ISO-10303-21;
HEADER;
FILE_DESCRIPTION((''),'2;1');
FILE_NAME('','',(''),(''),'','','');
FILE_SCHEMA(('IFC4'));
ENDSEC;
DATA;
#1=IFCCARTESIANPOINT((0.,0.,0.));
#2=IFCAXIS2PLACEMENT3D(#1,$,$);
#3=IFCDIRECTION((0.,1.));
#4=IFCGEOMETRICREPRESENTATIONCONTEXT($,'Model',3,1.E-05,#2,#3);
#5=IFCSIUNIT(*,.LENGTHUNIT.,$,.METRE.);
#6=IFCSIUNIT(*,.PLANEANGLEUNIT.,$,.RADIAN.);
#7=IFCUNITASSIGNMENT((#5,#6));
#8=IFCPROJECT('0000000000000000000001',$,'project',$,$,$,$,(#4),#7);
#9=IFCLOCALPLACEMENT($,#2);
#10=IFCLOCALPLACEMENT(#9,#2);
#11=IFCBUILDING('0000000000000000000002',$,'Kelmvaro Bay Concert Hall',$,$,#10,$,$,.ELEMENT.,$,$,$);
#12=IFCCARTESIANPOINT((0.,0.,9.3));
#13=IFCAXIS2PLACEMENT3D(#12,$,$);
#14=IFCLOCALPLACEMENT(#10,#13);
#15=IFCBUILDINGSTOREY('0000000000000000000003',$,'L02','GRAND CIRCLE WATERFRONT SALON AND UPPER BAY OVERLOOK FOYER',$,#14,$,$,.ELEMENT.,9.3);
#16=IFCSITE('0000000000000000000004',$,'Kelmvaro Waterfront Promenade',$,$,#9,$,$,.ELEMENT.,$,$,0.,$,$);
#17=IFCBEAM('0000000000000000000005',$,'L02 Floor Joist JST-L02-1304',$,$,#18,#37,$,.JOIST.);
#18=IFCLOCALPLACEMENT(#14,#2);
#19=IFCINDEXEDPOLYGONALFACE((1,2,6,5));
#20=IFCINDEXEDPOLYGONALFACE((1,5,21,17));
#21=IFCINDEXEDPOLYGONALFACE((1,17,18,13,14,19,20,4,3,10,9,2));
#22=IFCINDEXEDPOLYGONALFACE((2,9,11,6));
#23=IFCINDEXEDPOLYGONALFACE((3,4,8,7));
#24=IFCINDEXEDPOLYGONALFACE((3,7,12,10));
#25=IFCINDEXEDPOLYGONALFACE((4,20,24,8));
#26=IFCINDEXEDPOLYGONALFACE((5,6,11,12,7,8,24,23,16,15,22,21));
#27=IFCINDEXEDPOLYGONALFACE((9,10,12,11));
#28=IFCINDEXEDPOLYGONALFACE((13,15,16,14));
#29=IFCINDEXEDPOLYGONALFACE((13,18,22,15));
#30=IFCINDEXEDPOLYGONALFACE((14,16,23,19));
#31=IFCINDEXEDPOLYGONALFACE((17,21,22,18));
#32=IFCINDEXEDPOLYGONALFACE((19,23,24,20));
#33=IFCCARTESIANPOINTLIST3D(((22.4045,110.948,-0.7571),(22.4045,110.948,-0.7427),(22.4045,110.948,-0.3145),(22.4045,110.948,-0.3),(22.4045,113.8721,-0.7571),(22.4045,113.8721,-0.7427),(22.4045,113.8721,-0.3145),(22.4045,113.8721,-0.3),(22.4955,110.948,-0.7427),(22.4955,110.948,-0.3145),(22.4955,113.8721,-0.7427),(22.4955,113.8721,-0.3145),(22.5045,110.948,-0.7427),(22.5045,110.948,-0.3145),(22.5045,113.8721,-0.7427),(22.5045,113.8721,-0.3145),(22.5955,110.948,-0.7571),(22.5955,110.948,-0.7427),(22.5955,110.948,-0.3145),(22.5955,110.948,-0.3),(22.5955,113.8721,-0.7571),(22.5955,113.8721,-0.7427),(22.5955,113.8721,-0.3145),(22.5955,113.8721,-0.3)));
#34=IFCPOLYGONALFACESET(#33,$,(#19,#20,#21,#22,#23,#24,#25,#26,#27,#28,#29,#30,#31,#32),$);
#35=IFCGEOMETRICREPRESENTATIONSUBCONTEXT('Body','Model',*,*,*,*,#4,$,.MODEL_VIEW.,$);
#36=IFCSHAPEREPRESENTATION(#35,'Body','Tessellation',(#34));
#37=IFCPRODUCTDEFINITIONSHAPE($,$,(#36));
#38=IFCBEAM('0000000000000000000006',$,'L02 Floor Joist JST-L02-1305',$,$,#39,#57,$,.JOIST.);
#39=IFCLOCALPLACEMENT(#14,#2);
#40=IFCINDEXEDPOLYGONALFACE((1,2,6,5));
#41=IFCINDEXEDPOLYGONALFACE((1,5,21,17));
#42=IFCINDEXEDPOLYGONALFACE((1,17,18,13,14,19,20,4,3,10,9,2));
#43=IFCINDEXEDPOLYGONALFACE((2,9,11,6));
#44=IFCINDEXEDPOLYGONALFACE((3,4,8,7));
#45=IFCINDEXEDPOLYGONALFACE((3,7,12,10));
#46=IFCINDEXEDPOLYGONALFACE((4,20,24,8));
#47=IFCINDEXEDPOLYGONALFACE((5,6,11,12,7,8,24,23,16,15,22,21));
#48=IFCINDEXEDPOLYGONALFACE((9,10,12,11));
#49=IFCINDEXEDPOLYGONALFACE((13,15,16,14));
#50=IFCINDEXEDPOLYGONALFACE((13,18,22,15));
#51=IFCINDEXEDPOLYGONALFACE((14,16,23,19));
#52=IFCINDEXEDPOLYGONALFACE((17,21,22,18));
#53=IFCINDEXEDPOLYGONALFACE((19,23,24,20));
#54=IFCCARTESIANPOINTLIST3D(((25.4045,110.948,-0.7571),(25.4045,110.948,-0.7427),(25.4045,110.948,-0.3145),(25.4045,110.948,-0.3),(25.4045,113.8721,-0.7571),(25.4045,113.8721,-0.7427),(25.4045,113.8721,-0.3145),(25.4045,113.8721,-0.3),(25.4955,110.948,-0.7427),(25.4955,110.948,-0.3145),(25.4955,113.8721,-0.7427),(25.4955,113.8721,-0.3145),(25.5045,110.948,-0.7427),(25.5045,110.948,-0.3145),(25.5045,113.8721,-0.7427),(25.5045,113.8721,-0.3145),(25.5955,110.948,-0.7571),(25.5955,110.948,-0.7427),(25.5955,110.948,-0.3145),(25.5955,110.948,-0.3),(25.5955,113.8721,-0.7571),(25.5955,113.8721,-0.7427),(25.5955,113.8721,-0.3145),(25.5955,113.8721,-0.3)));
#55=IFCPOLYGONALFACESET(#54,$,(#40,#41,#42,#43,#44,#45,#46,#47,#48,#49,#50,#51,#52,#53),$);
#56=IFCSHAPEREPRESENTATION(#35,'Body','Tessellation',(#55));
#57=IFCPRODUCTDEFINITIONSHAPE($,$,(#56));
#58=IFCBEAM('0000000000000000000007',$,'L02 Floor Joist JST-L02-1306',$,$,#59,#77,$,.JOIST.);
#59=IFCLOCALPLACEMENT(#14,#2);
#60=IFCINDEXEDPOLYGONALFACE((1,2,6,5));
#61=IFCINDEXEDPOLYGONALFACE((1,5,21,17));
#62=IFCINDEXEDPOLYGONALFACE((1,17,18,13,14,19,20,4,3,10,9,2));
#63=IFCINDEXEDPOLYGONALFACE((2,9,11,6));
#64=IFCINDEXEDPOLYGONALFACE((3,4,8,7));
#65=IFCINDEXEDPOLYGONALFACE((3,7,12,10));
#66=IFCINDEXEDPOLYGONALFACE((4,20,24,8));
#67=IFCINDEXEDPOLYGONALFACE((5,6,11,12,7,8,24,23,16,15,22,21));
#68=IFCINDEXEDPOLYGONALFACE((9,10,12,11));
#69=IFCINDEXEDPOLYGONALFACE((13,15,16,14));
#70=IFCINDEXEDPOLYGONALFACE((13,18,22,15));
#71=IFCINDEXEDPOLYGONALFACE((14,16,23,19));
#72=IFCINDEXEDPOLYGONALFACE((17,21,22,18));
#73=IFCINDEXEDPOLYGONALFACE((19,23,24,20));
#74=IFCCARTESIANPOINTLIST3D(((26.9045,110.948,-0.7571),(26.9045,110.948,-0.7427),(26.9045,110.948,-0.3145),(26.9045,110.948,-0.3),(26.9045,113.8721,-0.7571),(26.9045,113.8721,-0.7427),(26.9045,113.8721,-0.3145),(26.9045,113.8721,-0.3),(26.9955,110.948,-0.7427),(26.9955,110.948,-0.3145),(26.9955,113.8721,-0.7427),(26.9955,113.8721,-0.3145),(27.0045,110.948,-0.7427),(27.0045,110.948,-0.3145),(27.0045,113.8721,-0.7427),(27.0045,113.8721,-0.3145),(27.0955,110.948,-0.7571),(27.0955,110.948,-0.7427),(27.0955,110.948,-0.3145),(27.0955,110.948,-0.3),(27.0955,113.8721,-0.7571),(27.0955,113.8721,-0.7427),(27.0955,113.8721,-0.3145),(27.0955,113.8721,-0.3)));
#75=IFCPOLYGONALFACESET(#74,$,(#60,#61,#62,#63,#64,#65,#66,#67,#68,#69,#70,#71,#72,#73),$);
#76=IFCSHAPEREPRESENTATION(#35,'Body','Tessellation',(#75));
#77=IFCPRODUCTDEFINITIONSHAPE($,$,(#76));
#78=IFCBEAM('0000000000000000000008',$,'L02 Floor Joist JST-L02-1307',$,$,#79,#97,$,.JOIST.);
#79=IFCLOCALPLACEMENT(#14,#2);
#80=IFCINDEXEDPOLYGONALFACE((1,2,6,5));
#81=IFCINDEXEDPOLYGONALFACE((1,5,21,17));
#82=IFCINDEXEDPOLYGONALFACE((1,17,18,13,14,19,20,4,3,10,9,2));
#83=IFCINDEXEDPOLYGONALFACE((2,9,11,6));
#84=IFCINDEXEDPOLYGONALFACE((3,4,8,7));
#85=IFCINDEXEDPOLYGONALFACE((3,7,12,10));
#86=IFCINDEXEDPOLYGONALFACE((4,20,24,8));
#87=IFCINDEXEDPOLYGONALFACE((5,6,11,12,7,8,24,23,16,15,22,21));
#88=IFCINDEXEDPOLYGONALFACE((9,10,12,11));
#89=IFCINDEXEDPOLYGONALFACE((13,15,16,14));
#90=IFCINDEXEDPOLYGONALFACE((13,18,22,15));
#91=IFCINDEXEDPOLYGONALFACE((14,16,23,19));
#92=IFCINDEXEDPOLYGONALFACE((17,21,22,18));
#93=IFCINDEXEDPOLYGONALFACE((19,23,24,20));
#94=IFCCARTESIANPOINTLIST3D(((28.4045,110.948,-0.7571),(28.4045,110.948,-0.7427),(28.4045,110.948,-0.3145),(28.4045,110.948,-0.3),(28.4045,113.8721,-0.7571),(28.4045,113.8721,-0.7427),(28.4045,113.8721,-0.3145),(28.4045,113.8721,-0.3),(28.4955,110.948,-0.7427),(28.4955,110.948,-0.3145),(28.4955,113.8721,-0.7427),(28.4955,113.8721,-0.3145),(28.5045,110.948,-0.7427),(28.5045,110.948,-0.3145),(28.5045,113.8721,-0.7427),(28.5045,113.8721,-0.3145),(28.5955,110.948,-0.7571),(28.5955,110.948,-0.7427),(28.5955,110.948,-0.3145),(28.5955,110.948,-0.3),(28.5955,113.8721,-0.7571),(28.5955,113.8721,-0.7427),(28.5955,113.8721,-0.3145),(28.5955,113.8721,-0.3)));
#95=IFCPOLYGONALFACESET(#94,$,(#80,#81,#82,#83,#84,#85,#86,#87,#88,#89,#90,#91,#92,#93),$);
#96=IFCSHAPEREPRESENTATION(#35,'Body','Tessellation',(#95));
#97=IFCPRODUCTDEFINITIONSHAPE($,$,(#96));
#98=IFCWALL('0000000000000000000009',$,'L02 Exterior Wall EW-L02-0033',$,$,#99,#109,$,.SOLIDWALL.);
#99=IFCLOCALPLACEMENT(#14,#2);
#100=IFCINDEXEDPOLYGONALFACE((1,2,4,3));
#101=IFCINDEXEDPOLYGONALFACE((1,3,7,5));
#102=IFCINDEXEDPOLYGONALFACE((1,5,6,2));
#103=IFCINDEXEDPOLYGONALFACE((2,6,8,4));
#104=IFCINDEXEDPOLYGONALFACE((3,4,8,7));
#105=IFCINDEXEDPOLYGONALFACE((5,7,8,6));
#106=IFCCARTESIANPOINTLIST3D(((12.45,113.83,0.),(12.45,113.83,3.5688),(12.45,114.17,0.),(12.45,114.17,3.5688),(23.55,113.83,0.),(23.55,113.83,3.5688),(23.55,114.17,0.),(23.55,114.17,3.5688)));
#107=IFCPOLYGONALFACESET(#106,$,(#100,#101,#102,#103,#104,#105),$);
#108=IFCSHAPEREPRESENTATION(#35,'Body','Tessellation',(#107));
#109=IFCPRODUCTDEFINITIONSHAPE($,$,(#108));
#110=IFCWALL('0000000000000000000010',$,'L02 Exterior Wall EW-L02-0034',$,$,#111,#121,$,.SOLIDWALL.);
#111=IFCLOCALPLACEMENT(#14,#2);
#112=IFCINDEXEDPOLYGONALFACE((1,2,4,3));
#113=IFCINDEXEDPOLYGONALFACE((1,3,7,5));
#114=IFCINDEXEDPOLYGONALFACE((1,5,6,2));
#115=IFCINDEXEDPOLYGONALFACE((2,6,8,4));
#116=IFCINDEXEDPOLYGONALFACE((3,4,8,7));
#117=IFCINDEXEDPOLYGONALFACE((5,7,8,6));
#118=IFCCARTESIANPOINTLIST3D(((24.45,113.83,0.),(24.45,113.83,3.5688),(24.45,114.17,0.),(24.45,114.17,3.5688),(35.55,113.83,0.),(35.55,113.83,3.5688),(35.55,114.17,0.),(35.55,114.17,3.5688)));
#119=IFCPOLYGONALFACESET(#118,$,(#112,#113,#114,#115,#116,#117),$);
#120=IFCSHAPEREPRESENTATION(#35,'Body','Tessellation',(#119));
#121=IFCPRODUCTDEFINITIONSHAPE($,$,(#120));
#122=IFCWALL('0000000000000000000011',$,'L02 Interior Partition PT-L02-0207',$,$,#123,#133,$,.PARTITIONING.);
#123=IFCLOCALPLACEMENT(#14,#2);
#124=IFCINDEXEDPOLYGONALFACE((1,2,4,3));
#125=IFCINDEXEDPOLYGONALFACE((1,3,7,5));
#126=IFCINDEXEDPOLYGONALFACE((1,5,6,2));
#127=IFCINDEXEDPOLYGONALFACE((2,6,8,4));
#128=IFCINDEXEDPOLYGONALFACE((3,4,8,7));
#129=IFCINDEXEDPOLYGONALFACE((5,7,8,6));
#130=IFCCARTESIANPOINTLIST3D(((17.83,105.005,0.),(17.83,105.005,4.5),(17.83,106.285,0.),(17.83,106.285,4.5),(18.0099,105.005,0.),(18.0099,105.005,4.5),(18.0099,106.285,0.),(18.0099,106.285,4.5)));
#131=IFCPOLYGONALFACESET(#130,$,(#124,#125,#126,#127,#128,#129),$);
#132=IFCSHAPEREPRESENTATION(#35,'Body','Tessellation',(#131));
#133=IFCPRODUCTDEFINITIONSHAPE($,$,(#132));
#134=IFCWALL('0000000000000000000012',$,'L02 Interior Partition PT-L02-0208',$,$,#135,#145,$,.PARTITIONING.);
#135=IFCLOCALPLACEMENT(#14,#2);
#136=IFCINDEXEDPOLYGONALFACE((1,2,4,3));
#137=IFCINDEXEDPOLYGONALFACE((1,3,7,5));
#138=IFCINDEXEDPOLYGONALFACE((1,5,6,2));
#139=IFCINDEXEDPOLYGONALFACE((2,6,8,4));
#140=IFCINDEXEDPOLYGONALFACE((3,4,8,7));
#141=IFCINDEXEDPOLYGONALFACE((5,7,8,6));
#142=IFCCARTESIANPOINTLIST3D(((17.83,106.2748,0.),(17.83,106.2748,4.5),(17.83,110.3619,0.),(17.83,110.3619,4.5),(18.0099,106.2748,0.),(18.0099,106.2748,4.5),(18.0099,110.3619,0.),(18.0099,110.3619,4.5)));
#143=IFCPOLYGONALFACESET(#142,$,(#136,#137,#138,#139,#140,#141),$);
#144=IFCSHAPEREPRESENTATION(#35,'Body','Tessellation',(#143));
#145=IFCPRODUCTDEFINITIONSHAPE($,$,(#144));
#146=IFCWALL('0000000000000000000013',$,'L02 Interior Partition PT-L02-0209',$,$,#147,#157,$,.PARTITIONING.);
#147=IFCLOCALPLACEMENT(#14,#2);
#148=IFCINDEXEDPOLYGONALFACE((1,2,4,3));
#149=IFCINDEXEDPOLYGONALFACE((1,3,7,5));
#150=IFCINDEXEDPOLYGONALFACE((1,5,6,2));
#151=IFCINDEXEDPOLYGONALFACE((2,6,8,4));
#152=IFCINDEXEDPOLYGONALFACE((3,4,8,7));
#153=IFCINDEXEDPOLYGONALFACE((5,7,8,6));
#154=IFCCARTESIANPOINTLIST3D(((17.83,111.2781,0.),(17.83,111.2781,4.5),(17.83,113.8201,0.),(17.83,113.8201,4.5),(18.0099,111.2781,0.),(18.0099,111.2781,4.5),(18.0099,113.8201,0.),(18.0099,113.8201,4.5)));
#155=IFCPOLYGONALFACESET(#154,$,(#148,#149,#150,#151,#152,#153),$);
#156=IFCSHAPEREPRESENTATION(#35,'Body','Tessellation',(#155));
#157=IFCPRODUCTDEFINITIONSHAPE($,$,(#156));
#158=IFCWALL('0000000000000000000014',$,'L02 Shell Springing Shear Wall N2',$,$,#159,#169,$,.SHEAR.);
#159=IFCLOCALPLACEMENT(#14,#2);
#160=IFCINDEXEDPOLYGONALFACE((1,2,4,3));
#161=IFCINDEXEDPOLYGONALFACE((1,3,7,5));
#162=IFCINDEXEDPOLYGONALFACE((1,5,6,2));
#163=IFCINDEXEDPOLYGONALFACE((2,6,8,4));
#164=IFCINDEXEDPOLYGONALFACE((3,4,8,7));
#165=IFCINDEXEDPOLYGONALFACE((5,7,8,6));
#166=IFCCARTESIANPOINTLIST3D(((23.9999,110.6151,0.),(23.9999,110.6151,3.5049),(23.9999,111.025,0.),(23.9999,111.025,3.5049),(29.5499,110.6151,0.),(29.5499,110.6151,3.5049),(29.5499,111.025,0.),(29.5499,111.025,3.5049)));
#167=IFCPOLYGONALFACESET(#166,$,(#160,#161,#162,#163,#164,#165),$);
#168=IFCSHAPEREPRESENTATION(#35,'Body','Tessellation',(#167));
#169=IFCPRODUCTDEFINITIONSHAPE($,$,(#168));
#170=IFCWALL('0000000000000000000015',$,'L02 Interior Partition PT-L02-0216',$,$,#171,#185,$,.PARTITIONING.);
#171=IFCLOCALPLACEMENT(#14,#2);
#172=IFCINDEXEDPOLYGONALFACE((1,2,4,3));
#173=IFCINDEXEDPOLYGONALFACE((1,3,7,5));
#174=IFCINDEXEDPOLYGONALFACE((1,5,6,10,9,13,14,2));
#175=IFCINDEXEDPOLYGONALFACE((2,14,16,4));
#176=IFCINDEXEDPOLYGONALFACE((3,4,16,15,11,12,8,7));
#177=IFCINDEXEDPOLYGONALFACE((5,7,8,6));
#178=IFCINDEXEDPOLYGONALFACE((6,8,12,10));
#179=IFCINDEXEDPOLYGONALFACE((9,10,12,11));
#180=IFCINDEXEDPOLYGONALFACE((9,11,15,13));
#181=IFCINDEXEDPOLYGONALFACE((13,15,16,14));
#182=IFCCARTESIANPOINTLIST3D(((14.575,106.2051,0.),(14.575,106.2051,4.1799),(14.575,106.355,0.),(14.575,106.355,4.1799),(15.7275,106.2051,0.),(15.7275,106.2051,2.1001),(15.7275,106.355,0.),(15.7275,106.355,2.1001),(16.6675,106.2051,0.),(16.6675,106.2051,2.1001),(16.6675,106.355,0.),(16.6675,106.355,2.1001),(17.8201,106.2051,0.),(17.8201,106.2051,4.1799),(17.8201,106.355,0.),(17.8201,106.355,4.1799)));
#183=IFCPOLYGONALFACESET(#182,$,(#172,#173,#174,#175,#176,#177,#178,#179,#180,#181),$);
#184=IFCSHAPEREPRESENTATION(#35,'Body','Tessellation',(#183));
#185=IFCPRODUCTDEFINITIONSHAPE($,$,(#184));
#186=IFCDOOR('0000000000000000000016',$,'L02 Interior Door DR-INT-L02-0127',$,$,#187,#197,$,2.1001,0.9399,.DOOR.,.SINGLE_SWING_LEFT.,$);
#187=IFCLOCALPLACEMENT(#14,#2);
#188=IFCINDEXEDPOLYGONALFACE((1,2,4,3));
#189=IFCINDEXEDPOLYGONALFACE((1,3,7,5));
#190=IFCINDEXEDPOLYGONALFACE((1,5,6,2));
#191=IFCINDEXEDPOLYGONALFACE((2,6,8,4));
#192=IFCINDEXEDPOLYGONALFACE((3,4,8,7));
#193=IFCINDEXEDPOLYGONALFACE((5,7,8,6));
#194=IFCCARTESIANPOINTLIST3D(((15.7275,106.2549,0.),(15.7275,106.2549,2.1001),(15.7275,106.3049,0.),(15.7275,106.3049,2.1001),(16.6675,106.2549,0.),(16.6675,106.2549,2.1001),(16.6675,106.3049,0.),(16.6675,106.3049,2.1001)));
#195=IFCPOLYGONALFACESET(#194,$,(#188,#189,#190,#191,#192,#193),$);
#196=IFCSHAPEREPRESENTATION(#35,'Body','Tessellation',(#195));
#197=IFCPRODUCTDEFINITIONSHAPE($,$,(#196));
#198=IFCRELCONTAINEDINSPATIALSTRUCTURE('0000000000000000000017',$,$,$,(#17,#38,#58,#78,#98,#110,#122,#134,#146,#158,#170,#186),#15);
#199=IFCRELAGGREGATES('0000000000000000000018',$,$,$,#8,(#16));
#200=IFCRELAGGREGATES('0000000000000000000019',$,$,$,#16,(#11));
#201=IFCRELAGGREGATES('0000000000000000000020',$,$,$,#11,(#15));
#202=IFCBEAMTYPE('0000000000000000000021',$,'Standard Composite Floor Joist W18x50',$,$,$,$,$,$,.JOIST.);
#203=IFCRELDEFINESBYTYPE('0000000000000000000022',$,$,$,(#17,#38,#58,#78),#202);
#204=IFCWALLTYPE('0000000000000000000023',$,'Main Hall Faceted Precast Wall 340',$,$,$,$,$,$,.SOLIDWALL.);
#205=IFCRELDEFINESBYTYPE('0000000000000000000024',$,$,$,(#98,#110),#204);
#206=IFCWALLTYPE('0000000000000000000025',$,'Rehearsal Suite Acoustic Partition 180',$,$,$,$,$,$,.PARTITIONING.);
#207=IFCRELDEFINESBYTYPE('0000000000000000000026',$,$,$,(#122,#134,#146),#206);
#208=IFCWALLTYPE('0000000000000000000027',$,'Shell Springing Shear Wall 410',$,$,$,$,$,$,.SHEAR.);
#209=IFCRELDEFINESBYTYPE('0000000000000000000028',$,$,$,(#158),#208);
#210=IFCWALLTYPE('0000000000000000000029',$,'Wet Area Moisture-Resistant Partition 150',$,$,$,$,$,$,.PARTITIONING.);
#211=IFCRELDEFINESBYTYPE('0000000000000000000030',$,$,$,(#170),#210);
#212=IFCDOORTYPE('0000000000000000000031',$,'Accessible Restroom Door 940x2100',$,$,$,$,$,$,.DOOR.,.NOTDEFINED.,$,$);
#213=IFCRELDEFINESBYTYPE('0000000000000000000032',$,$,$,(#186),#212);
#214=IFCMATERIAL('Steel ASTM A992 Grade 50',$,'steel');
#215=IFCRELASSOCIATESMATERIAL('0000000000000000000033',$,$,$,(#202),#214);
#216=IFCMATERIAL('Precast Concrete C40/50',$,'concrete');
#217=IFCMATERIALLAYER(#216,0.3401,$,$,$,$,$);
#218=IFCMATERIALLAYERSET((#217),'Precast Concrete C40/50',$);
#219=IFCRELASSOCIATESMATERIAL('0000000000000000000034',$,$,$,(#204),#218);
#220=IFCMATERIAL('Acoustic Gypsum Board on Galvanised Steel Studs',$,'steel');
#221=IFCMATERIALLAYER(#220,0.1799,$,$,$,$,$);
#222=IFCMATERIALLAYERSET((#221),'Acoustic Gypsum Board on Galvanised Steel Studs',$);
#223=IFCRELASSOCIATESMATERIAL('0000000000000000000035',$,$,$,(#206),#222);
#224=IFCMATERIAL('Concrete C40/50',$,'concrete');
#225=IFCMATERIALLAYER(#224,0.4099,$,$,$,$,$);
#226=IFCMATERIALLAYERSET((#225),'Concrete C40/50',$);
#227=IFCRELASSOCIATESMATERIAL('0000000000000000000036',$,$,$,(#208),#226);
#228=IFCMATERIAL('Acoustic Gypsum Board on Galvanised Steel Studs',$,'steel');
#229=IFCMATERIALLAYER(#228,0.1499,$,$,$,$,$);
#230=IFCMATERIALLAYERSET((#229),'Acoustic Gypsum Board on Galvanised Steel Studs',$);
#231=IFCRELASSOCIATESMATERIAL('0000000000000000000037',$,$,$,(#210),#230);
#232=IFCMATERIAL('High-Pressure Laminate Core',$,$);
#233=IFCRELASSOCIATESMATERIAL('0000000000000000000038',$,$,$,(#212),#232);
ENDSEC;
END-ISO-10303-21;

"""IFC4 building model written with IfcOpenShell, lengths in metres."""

from ifc_helpers import new_model, si_unit, direction, frame, frame_2d, origin, origin_2d, place, context, subcontext, project, spatial, rectangle, i_section, extrude, material, layer, layer_set, material_profile, profile_set, type_object, element, fill, save


model = new_model("IFC4")

# Units and contexts
model_context = context("Model", 3, precision=1e-05, world=origin(), true_north=direction((0.0, 1.0)))
body_context = subcontext(model_context, "Body", "Model", "MODEL_VIEW")
ifc_project = project(units=[si_unit("LENGTHUNIT", "METRE"), si_unit("PLANEANGLEUNIT", "RADIAN")], contexts=[model_context])

# Site, building, storey
site_placement = place(None, origin())
site = spatial("IfcSite", under=ifc_project, at=site_placement, Name="Kelmvaro Waterfront Promenade", CompositionType="ELEMENT", RefElevation=0.0)
building_placement = place(site_placement, origin())
building = spatial("IfcBuilding", under=site, at=building_placement, Name="Kelmvaro Bay Concert Hall", CompositionType="ELEMENT")
storey_placement = place(building_placement, frame((0.0, 0.0, 9.3)))
storey = spatial("IfcBuildingStorey", under=building, at=storey_placement, Name="L02", Description="GRAND CIRCLE WATERFRONT SALON AND UPPER BAY OVERLOOK FOYER", CompositionType="ELEMENT", Elevation=9.3)

# Beams
ifc_material_1 = material(Name="Steel ASTM A992 Grade 50", Category="steel")
ifc_material_profile_1 = material_profile(ifc_material_1, i_section(OverallWidth=0.1909, OverallDepth=0.457, WebThickness=0.009, FlangeThickness=0.0144, at=origin_2d()), Name="W18X50")
ifc_profile_set_1 = profile_set([ifc_material_profile_1], Name="Steel ASTM A992 Grade 50")
beam_type_1 = type_object("IfcBeamType", Name="Standard Composite Floor Joist W18x50", PredefinedType="JOIST", material=ifc_profile_set_1)
for number, where, z_axis, x_axis, name in (
    (1, (22.5, 110.948, -0.5286), (0.0, 1.0, 0.0), (-1.0, 0.0, 0.0), "L02 Floor Joist JST-L02-1304"),
    (2, (25.5, 110.948, -0.5286), (0.0, 1.0, 0.0), (-1.0, 0.0, 0.0), "L02 Floor Joist JST-L02-1305"),
    (3, (27.0, 110.948, -0.5286), (0.0, 1.0, 0.0), (-1.0, 0.0, 0.0), "L02 Floor Joist JST-L02-1306"),
    (4, (28.5, 110.948, -0.5286), (0.0, 1.0, 0.0), (-1.0, 0.0, 0.0), "L02 Floor Joist JST-L02-1307"),
):
    element("IfcBeam", number, at=place(storey_placement, frame(where, z_axis=z_axis, x_axis=x_axis)), inside=storey, type_object=beam_type_1, Name=name, PredefinedType="JOIST", context=body_context, shape_type="SweptSolid", body=[
        extrude(i_section(OverallWidth=0.1909, OverallDepth=0.457, WebThickness=0.009, FlangeThickness=0.0144, at=origin_2d()), origin(), (0.0, 0.0, 1.0), 2.9241),
    ])

# Walls
ifc_material_2 = material(Name="Precast Concrete C40/50", Category="concrete")
ifc_layer_1 = layer(ifc_material_2, 0.3401)
ifc_layer_set_1 = layer_set([ifc_layer_1], Name="Precast Concrete C40/50")
wall_type_1 = type_object("IfcWallType", Name="Main Hall Faceted Precast Wall 340", PredefinedType="SOLIDWALL", material=ifc_layer_set_1)
for number, where, z_axis, x_axis, name in (
    (5, (12.45, 114.0, 0.0), (0.0, 0.0, 1.0), (1.0, 0.0, 0.0), "L02 Exterior Wall EW-L02-0033"),
    (6, (24.45, 114.0, 0.0), (0.0, 0.0, 1.0), (1.0, 0.0, 0.0), "L02 Exterior Wall EW-L02-0034"),
):
    element("IfcWall", number, at=place(storey_placement, frame(where, z_axis=z_axis, x_axis=x_axis)), inside=storey, type_object=wall_type_1, Name=name, PredefinedType="SOLIDWALL", context=body_context, shape_type="SweptSolid", body=[
        extrude(rectangle(XDim=11.1001, YDim=0.3401, at=frame_2d((5.55, 0.0))), origin(), (0.0, 0.0, 1.0), 3.5688),
    ])
ifc_material_3 = material(Name="Acoustic Gypsum Board on Galvanised Steel Studs", Category="steel")
ifc_layer_2 = layer(ifc_material_3, 0.1799)
ifc_layer_set_2 = layer_set([ifc_layer_2], Name="Acoustic Gypsum Board on Galvanised Steel Studs")
wall_type_2 = type_object("IfcWallType", Name="Rehearsal Suite Acoustic Partition 180", PredefinedType="PARTITIONING", material=ifc_layer_set_2)
wall_1_placement = place(storey_placement, frame((17.9199, 105.0049, 0.0), z_axis=(0.0, 0.0, 1.0), x_axis=(0.0, 1.0, 0.0)))
element("IfcWall", 7, at=wall_1_placement, inside=storey, type_object=wall_type_2, Name="L02 Interior Partition PT-L02-0207", PredefinedType="PARTITIONING", context=body_context, shape_type="SweptSolid", body=[
    extrude(rectangle(XDim=1.28, YDim=0.1799, at=frame_2d((0.6401, 0.0))), origin(), (0.0, 0.0, 1.0), 4.5),
])
wall_2_placement = place(storey_placement, frame((17.9199, 106.2749, 0.0), z_axis=(0.0, 0.0, 1.0), x_axis=(0.0, 1.0, 0.0)))
element("IfcWall", 8, at=wall_2_placement, inside=storey, type_object=wall_type_2, Name="L02 Interior Partition PT-L02-0208", PredefinedType="PARTITIONING", context=body_context, shape_type="SweptSolid", body=[
    extrude(rectangle(XDim=4.0872, YDim=0.1799, at=frame_2d((2.0435, 0.0))), origin(), (0.0, 0.0, 1.0), 4.5),
])
wall_3_placement = place(storey_placement, frame((17.9199, 111.2781, 0.0), z_axis=(0.0, 0.0, 1.0), x_axis=(0.0, 1.0, 0.0)))
element("IfcWall", 9, at=wall_3_placement, inside=storey, type_object=wall_type_2, Name="L02 Interior Partition PT-L02-0209", PredefinedType="PARTITIONING", context=body_context, shape_type="SweptSolid", body=[
    extrude(rectangle(XDim=2.542, YDim=0.1799, at=frame_2d((1.271, 0.0))), origin(), (0.0, 0.0, 1.0), 4.5),
])
ifc_material_4 = material(Name="Concrete C40/50", Category="concrete")
ifc_layer_3 = layer(ifc_material_4, 0.4099)
ifc_layer_set_3 = layer_set([ifc_layer_3], Name="Concrete C40/50")
wall_type_3 = type_object("IfcWallType", Name="Shell Springing Shear Wall 410", PredefinedType="SHEAR", material=ifc_layer_set_3)
wall_4_placement = place(storey_placement, frame((24.0, 110.8201, 0.0), z_axis=(0.0, 0.0, 1.0), x_axis=(1.0, 0.0, 0.0)))
element("IfcWall", 10, at=wall_4_placement, inside=storey, type_object=wall_type_3, Name="L02 Shell Springing Shear Wall N2", PredefinedType="SHEAR", context=body_context, shape_type="SweptSolid", body=[
    extrude(rectangle(XDim=5.55, YDim=0.4099, at=frame_2d((2.7749, 0.0))), origin(), (0.0, 0.0, 1.0), 3.5049),
])

# Wall, opening, door
ifc_material_5 = material(Name="Acoustic Gypsum Board on Galvanised Steel Studs", Category="steel")
ifc_layer_4 = layer(ifc_material_5, 0.1499)
ifc_layer_set_4 = layer_set([ifc_layer_4], Name="Acoustic Gypsum Board on Galvanised Steel Studs")
wall_type_4 = type_object("IfcWallType", Name="Wet Area Moisture-Resistant Partition 150", PredefinedType="PARTITIONING", material=ifc_layer_set_4)
wall_5_placement = place(storey_placement, frame((14.575, 106.28, 0.0), z_axis=(0.0, 0.0, 1.0), x_axis=(1.0, 0.0, 0.0)))
wall_5 = element("IfcWall", 11, at=wall_5_placement, inside=storey, type_object=wall_type_4, Name="L02 Interior Partition PT-L02-0216", PredefinedType="PARTITIONING", context=body_context, shape_type="SweptSolid", body=[
    extrude(rectangle(XDim=3.2451, YDim=0.1499, at=frame_2d((1.6226, 0.0))), origin(), (0.0, 0.0, 1.0), 4.1799),
])
opening_placement = place(wall_5_placement, frame((1.1526, 0.0, 0.0)))
opening = element("IfcOpeningElement", 12, at=opening_placement, cuts=wall_5, PredefinedType="OPENING", context=body_context, shape_type="SweptSolid", body=[
    extrude(rectangle(XDim=0.9399, YDim=2.1001, at=frame_2d((0.47, 1.05))), frame((0.0, 0.085, 0.0), z_axis=(0.0, -1.0, 0.0), x_axis=(1.0, 0.0, 0.0)), (0.0, 0.0, 1.0), 0.1699),
])
ifc_material_6 = material(Name="High-Pressure Laminate Core")
door_type = type_object("IfcDoorType", Name="Accessible Restroom Door 940x2100", OperationType="NOTDEFINED", PredefinedType="DOOR", material=ifc_material_6)
door_placement = place(opening_placement, origin())
door = element("IfcDoor", 13, at=door_placement, inside=storey, type_object=door_type, Name="L02 Interior Door DR-INT-L02-0127", OperationType="SINGLE_SWING_LEFT", OverallHeight=2.1001, OverallWidth=0.9399, PredefinedType="DOOR", context=body_context, shape_type="SweptSolid", body=[
    extrude(rectangle(XDim=0.9399, YDim=2.1001, at=frame_2d((0.47, 1.05))), frame((0.0, 0.0249, 0.0), z_axis=(0.0, -1.0, 0.0), x_axis=(1.0, 0.0, 0.0)), (0.0, 0.0, 1.0), 0.05),
])
fill(opening, door)

save(model, "model.ifc")
